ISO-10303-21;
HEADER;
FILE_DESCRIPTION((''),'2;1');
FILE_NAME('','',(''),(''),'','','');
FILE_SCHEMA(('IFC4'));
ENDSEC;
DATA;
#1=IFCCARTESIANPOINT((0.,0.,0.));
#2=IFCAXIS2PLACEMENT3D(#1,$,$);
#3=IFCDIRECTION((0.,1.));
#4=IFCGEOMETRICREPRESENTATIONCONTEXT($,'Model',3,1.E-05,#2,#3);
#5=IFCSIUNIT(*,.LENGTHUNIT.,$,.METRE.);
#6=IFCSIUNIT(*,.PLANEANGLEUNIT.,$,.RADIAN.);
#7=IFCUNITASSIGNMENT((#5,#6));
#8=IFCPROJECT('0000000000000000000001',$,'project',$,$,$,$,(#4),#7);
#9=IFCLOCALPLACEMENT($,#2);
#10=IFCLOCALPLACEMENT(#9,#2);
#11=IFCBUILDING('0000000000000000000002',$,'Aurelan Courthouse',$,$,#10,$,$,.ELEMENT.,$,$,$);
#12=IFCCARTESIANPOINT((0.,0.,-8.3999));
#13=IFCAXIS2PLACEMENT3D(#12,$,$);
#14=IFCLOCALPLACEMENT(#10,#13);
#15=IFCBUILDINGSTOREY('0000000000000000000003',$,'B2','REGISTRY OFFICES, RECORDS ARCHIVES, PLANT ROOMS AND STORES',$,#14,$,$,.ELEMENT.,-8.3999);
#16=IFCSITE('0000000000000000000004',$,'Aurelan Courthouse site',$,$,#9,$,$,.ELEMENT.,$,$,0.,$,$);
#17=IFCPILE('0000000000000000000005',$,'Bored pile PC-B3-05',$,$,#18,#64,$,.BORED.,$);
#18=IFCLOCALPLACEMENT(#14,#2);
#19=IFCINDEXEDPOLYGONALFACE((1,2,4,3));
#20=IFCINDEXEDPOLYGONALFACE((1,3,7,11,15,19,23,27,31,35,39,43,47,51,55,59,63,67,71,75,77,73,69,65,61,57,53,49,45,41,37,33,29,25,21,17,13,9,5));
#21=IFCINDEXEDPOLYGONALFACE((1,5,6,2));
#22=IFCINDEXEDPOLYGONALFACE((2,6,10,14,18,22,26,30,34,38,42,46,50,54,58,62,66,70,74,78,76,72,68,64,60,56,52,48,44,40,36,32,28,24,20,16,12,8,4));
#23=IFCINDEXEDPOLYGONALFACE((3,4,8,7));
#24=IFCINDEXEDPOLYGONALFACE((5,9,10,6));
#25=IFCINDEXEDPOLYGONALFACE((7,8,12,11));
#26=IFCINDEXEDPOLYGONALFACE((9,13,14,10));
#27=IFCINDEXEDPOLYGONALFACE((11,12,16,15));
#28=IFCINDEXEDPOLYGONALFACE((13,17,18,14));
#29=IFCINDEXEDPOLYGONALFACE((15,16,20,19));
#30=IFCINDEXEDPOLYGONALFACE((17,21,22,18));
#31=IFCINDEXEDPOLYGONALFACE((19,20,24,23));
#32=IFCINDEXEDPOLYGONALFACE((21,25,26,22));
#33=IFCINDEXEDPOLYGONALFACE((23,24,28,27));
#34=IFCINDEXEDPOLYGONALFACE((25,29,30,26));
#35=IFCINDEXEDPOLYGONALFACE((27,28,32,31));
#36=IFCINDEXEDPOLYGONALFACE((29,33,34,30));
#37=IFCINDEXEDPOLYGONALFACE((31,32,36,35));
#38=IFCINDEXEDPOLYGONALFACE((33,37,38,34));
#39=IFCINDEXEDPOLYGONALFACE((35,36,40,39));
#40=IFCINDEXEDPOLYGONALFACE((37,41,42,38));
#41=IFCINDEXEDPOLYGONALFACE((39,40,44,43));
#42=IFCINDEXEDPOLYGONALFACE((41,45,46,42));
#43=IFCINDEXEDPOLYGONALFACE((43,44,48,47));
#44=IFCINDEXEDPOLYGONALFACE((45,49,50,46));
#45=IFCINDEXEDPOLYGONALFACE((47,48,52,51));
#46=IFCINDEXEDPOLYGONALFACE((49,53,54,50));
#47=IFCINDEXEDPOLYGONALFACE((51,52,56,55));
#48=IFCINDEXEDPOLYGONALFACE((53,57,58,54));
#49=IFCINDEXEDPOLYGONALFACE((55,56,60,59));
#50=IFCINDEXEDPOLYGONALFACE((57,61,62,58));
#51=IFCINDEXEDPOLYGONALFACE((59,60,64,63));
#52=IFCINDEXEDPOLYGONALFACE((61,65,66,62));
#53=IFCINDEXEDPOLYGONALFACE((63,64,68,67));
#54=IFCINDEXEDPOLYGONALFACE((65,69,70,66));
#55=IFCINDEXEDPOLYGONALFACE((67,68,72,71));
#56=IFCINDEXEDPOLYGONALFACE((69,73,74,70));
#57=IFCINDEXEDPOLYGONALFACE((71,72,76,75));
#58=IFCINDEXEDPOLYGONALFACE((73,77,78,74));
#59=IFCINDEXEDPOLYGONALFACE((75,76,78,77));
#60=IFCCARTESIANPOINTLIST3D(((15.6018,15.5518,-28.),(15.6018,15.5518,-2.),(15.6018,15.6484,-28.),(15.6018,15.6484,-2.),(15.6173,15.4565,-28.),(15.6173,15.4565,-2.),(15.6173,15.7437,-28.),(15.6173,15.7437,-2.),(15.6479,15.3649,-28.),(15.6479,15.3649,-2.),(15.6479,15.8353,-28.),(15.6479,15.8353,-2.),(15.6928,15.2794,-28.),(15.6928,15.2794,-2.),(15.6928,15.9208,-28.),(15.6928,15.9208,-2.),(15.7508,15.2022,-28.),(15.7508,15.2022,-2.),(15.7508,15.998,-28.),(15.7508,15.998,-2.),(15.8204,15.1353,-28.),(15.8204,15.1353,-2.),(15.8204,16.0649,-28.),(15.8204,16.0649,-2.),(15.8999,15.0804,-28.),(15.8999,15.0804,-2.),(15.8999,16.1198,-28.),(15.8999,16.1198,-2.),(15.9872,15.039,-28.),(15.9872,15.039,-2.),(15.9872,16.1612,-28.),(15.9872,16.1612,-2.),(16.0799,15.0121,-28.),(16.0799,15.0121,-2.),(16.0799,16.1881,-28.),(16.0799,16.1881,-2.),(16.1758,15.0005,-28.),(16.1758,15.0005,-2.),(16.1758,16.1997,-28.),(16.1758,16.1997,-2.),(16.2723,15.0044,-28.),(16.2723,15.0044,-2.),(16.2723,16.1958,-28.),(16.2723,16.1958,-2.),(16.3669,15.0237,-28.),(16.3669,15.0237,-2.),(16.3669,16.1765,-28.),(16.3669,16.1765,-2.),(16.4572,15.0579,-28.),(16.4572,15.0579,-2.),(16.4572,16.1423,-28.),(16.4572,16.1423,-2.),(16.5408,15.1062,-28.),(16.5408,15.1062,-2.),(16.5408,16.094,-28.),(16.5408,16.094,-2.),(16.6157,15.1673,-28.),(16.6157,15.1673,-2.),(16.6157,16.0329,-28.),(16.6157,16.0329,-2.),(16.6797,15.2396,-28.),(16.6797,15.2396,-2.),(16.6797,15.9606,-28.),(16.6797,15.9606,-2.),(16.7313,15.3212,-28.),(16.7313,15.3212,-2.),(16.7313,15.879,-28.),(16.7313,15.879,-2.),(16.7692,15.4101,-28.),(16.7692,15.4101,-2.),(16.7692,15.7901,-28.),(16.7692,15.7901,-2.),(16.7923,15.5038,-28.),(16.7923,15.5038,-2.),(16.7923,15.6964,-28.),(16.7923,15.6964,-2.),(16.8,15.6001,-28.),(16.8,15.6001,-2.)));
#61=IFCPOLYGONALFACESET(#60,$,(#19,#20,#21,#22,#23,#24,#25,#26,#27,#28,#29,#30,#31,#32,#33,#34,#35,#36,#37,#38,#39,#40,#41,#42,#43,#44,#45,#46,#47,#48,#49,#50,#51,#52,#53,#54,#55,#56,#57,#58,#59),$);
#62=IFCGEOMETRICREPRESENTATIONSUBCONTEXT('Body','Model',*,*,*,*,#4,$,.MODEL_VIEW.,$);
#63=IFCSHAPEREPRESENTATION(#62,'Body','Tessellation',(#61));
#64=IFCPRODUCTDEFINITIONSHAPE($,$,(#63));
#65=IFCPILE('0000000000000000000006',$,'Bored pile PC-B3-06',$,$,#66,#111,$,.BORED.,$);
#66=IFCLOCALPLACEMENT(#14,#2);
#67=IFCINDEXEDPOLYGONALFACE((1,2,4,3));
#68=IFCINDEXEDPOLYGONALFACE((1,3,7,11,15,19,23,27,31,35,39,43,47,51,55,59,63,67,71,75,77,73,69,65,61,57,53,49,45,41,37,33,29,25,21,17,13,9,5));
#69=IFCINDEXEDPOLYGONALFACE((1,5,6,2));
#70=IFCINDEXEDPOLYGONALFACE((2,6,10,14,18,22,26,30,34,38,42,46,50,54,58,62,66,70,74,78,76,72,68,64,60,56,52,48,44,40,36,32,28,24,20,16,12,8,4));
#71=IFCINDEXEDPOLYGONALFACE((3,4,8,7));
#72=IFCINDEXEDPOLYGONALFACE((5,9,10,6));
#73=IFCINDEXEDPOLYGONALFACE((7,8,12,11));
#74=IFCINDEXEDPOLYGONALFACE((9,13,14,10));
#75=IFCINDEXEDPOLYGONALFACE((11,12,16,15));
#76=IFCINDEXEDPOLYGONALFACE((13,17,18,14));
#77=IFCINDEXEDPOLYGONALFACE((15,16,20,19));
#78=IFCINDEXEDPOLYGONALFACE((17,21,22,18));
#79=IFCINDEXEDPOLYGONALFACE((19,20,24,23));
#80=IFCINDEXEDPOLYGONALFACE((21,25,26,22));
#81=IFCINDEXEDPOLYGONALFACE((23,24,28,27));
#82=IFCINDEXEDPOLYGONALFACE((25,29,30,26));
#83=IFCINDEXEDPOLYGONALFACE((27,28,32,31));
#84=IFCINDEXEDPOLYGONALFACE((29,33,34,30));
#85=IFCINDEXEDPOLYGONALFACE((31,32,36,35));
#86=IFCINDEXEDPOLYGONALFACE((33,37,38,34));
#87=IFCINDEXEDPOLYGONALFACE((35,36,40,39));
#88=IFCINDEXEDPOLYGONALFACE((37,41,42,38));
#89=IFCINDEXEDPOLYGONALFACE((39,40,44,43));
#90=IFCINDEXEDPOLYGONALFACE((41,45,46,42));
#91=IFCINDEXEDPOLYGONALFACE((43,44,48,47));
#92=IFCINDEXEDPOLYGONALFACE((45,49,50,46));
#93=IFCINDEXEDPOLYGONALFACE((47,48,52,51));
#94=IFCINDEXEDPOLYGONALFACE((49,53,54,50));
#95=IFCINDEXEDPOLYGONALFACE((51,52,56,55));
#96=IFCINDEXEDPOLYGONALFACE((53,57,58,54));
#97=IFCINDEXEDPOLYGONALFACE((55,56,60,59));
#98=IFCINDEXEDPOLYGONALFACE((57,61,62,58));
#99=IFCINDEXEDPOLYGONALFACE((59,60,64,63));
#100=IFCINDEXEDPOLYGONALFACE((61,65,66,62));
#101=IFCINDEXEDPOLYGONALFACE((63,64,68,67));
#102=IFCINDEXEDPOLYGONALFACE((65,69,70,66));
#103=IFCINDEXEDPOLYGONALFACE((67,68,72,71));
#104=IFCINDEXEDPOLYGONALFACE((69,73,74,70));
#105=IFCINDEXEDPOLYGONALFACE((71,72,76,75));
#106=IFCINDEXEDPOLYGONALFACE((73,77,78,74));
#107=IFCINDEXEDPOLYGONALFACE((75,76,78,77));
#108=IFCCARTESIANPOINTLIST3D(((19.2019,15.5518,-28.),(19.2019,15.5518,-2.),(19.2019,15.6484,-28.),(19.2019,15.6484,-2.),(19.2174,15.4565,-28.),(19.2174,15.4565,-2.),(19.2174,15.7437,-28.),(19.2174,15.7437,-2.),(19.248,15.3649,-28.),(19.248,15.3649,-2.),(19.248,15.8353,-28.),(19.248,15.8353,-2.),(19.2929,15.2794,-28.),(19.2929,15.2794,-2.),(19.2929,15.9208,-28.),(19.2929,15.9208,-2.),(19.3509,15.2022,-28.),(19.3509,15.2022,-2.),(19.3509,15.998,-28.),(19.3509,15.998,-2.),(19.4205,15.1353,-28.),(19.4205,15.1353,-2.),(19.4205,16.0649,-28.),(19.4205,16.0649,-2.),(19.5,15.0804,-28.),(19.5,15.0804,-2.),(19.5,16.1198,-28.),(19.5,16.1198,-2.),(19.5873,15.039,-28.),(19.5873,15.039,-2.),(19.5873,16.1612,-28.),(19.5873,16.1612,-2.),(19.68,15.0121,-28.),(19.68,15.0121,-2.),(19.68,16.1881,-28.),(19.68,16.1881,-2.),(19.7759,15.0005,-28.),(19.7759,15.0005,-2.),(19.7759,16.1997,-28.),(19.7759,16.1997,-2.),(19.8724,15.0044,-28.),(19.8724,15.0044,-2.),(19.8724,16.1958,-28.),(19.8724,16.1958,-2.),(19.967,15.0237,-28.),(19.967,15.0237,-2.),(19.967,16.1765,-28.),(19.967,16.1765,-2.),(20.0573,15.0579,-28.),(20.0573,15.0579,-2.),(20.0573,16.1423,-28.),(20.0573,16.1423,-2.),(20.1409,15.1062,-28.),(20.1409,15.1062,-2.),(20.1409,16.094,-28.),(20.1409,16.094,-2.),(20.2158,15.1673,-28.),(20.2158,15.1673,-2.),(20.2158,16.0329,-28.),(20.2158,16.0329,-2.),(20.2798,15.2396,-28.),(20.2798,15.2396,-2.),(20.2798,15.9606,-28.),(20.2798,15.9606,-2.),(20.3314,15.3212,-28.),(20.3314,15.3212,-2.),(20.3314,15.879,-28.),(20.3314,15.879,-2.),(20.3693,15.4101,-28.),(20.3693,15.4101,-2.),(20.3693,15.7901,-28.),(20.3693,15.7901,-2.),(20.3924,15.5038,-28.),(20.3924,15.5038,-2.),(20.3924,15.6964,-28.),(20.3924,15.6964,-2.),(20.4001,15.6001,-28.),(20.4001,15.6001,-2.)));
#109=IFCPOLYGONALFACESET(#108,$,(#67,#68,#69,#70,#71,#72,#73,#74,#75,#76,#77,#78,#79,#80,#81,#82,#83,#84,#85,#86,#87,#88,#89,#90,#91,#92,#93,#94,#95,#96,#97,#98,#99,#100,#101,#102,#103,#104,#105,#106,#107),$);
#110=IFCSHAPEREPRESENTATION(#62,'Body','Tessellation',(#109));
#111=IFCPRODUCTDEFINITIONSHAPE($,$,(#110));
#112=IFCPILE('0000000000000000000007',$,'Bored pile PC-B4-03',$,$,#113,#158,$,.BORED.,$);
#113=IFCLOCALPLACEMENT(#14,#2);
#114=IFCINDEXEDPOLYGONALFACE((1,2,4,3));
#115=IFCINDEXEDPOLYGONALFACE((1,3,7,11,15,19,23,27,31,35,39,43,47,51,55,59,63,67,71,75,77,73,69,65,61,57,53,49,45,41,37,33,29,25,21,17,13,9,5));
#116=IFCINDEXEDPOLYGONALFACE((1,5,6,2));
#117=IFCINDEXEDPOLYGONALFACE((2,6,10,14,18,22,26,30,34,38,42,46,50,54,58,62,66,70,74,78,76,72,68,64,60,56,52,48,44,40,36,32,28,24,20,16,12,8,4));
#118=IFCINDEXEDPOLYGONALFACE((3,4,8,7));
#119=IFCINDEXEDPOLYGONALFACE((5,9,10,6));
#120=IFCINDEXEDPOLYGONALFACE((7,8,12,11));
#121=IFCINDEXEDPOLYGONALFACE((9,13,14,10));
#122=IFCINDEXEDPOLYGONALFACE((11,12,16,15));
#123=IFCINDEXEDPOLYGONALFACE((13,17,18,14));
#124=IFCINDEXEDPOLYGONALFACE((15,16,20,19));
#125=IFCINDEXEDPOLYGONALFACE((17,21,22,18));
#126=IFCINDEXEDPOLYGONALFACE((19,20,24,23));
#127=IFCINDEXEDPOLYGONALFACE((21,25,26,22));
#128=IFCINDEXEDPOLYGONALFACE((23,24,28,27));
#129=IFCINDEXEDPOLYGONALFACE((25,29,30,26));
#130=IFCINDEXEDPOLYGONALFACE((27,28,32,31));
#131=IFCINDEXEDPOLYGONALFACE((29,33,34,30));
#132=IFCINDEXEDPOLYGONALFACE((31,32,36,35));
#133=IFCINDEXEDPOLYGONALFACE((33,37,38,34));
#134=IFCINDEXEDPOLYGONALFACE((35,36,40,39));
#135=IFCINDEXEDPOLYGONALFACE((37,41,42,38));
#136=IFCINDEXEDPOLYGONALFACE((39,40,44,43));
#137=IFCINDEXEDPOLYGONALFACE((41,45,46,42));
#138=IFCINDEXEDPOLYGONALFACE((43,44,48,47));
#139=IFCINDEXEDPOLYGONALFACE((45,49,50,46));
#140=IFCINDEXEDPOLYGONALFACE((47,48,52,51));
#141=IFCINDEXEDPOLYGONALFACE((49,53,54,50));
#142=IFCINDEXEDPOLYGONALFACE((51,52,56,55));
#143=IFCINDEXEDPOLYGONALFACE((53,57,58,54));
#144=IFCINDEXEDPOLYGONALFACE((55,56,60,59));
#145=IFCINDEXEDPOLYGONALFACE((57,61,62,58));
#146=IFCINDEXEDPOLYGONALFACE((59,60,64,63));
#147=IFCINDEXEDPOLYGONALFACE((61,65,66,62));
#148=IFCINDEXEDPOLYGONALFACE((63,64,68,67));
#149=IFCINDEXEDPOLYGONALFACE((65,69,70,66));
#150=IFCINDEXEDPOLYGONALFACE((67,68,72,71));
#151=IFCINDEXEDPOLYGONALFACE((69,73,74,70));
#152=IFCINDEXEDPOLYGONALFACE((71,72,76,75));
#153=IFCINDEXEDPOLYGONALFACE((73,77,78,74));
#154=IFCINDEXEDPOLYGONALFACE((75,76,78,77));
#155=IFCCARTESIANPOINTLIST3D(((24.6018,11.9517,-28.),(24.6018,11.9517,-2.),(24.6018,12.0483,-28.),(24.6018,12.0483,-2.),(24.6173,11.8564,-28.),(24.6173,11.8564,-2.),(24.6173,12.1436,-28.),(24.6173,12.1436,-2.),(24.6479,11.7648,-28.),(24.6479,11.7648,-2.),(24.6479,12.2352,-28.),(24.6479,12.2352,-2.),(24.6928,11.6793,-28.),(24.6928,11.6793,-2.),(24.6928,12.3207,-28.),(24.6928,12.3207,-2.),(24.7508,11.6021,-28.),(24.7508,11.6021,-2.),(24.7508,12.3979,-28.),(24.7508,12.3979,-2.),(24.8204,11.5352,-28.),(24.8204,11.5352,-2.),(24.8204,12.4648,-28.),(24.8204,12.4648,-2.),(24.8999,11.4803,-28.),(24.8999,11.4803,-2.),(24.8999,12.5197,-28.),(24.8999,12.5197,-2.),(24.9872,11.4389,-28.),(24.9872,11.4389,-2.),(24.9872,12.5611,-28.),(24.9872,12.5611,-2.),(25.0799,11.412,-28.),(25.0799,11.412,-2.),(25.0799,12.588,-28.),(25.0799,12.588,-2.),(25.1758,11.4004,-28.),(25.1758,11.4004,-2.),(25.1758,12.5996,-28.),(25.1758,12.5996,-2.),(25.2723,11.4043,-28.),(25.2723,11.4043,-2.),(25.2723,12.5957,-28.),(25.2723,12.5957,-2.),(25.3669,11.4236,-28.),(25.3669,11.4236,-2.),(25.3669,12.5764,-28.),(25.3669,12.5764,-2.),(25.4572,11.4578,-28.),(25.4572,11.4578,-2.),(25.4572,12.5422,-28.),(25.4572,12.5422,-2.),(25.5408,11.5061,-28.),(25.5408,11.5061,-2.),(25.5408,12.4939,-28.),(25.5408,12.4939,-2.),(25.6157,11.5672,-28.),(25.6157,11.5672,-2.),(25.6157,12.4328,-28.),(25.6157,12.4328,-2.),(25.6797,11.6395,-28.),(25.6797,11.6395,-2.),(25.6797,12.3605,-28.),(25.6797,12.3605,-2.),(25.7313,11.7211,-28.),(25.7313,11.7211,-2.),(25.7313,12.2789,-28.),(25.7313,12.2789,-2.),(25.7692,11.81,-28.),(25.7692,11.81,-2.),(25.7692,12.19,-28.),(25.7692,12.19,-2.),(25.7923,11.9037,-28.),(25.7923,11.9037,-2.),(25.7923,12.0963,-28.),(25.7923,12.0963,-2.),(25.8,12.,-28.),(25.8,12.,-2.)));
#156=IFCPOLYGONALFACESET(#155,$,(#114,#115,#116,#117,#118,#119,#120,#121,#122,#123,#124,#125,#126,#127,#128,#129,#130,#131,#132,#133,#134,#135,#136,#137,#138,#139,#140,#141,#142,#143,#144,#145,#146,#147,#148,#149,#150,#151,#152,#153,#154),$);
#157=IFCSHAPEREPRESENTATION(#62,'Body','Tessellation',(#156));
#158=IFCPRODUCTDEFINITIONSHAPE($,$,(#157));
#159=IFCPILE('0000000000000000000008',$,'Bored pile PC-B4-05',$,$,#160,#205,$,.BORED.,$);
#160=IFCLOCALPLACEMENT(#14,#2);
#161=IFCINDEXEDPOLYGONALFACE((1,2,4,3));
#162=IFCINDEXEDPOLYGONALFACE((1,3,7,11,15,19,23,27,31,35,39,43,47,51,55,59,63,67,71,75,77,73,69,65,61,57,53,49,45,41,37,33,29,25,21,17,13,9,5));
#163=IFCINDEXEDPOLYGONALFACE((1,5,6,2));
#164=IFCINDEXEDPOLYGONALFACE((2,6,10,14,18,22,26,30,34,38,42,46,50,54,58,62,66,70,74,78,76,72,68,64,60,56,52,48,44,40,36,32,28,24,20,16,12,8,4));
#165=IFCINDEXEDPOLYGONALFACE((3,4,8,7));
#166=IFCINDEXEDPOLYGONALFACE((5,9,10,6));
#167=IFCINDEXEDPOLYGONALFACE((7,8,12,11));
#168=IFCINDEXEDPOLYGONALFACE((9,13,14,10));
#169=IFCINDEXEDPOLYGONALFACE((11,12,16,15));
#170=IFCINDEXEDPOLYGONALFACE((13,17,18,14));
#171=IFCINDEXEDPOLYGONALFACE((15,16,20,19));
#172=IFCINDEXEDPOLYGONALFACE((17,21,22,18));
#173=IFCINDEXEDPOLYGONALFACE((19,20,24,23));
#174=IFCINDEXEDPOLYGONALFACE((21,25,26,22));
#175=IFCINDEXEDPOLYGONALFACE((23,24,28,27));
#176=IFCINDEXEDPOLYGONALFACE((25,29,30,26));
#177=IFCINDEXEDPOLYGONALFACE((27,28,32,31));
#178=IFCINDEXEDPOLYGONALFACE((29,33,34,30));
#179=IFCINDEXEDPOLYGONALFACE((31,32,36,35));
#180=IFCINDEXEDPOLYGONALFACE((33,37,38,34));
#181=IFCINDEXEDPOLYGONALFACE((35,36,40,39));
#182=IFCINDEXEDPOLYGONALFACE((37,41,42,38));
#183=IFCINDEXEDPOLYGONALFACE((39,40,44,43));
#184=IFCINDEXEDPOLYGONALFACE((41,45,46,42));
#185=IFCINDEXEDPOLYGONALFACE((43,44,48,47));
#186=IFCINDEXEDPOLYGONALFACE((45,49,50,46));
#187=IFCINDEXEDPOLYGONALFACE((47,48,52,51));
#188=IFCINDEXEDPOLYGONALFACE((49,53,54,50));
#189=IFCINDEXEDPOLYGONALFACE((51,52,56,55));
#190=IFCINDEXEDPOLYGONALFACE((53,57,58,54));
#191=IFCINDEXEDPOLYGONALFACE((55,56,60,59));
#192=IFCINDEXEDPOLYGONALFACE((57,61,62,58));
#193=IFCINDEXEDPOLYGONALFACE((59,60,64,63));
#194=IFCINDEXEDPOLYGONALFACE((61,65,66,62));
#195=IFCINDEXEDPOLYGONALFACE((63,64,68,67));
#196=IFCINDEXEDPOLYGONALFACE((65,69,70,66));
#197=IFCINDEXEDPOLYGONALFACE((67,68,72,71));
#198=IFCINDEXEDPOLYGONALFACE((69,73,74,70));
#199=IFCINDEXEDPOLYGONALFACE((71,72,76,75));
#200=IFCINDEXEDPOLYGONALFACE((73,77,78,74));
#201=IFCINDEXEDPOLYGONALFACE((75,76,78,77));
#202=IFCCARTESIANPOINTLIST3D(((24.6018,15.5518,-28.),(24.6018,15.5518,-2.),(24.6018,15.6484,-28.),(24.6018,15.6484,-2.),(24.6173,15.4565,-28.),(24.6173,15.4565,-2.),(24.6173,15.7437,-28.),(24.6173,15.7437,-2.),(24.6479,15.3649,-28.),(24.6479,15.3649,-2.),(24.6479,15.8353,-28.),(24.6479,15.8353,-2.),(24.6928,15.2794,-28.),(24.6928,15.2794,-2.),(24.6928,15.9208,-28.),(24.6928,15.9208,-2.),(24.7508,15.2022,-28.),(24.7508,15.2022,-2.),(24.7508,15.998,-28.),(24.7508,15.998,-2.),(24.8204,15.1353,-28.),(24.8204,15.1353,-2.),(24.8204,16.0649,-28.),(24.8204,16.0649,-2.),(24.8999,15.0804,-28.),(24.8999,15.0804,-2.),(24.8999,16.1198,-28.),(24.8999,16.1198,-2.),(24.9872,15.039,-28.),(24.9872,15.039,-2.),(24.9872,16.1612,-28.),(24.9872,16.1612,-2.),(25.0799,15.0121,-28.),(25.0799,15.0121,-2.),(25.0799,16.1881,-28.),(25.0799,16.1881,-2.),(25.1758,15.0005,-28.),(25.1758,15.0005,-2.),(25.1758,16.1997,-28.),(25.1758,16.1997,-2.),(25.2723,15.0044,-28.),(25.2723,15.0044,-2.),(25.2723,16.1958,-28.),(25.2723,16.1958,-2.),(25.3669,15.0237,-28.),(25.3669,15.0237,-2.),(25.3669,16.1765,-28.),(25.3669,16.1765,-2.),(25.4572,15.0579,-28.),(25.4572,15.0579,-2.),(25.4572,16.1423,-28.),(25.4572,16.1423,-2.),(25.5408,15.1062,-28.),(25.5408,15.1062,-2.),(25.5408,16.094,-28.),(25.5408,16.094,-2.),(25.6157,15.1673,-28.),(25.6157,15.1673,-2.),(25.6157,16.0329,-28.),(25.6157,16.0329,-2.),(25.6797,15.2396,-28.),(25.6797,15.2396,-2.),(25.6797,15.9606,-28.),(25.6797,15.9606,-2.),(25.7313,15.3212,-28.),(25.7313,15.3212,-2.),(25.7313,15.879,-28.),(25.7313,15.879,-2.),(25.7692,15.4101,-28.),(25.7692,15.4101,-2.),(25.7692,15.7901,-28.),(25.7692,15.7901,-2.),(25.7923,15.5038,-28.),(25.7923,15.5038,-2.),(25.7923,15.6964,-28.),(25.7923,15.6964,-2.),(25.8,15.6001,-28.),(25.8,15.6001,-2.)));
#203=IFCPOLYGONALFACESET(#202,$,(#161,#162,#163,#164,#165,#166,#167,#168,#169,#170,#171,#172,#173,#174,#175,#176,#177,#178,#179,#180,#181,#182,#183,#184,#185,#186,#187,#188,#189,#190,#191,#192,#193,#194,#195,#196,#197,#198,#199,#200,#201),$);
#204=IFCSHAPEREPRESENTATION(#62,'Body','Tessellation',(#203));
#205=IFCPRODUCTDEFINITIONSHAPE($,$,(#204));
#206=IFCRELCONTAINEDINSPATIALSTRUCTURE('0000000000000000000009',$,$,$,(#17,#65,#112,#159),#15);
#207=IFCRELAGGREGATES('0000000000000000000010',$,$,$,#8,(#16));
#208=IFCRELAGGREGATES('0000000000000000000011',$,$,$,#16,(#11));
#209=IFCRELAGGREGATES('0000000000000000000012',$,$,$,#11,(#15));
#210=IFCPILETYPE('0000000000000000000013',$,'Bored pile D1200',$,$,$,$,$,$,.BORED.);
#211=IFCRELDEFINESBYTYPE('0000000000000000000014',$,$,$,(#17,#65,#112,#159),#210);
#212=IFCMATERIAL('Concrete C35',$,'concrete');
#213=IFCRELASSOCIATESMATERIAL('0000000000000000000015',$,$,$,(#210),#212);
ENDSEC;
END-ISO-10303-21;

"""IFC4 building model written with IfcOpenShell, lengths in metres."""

from ifc_helpers import new_model, si_unit, direction, frame, origin, origin_2d, place, context, subcontext, project, spatial, circle, extrude, material, material_profile, profile_set, type_object, element, save


model = new_model("IFC4")

# Units and contexts
model_context = context("Model", 3, precision=1e-05, world=origin(), true_north=direction((0.0, 1.0)))
body_context = subcontext(model_context, "Body", "Model", "MODEL_VIEW")
ifc_project = project(units=[si_unit("LENGTHUNIT", "METRE"), si_unit("PLANEANGLEUNIT", "RADIAN")], contexts=[model_context])

# Site, building, storey
site_placement = place(None, origin())
site = spatial("IfcSite", under=ifc_project, at=site_placement, Name="Aurelan Courthouse site", CompositionType="ELEMENT", RefElevation=0.0)
building_placement = place(site_placement, origin())
building = spatial("IfcBuilding", under=site, at=building_placement, Name="Aurelan Courthouse", CompositionType="ELEMENT")
storey_placement = place(building_placement, frame((0.0, 0.0, -8.3999)))
storey = spatial("IfcBuildingStorey", under=building, at=storey_placement, Name="B2", Description="REGISTRY OFFICES, RECORDS ARCHIVES, PLANT ROOMS AND STORES", CompositionType="ELEMENT", Elevation=-8.3999)

# Piles
ifc_material_1 = material(Name="Concrete C35", Category="concrete")
ifc_material_profile_1 = material_profile(ifc_material_1, circle(Radius=0.6001, at=origin_2d()), Name="D1200")
ifc_profile_set_1 = profile_set([ifc_material_profile_1], Name="Concrete C35")
pile_type = type_object("IfcPileType", Name="Bored pile D1200", PredefinedType="BORED", material=ifc_profile_set_1)
for number, where, z_axis, x_axis, name in (
    (1, (16.2, 15.6001, -2.0), (0.0, 0.0, -1.0), (1.0, 0.0, 0.0), "Bored pile PC-B3-05"),
    (2, (19.8, 15.6001, -2.0), (0.0, 0.0, -1.0), (1.0, 0.0, 0.0), "Bored pile PC-B3-06"),
    (3, (25.2, 12.0, -2.0), (0.0, 0.0, -1.0), (1.0, 0.0, 0.0), "Bored pile PC-B4-03"),
    (4, (25.2, 15.6001, -2.0), (0.0, 0.0, -1.0), (1.0, 0.0, 0.0), "Bored pile PC-B4-05"),
):
    element("IfcPile", number, at=place(storey_placement, frame(where, z_axis=z_axis, x_axis=x_axis)), inside=storey, type_object=pile_type, Name=name, PredefinedType="BORED", context=body_context, shape_type="SweptSolid", body=[
        extrude(circle(Radius=0.6001, at=origin_2d()), origin(), (0.0, 0.0, 1.0), 26.0),
    ])

save(model, "model.ifc")
